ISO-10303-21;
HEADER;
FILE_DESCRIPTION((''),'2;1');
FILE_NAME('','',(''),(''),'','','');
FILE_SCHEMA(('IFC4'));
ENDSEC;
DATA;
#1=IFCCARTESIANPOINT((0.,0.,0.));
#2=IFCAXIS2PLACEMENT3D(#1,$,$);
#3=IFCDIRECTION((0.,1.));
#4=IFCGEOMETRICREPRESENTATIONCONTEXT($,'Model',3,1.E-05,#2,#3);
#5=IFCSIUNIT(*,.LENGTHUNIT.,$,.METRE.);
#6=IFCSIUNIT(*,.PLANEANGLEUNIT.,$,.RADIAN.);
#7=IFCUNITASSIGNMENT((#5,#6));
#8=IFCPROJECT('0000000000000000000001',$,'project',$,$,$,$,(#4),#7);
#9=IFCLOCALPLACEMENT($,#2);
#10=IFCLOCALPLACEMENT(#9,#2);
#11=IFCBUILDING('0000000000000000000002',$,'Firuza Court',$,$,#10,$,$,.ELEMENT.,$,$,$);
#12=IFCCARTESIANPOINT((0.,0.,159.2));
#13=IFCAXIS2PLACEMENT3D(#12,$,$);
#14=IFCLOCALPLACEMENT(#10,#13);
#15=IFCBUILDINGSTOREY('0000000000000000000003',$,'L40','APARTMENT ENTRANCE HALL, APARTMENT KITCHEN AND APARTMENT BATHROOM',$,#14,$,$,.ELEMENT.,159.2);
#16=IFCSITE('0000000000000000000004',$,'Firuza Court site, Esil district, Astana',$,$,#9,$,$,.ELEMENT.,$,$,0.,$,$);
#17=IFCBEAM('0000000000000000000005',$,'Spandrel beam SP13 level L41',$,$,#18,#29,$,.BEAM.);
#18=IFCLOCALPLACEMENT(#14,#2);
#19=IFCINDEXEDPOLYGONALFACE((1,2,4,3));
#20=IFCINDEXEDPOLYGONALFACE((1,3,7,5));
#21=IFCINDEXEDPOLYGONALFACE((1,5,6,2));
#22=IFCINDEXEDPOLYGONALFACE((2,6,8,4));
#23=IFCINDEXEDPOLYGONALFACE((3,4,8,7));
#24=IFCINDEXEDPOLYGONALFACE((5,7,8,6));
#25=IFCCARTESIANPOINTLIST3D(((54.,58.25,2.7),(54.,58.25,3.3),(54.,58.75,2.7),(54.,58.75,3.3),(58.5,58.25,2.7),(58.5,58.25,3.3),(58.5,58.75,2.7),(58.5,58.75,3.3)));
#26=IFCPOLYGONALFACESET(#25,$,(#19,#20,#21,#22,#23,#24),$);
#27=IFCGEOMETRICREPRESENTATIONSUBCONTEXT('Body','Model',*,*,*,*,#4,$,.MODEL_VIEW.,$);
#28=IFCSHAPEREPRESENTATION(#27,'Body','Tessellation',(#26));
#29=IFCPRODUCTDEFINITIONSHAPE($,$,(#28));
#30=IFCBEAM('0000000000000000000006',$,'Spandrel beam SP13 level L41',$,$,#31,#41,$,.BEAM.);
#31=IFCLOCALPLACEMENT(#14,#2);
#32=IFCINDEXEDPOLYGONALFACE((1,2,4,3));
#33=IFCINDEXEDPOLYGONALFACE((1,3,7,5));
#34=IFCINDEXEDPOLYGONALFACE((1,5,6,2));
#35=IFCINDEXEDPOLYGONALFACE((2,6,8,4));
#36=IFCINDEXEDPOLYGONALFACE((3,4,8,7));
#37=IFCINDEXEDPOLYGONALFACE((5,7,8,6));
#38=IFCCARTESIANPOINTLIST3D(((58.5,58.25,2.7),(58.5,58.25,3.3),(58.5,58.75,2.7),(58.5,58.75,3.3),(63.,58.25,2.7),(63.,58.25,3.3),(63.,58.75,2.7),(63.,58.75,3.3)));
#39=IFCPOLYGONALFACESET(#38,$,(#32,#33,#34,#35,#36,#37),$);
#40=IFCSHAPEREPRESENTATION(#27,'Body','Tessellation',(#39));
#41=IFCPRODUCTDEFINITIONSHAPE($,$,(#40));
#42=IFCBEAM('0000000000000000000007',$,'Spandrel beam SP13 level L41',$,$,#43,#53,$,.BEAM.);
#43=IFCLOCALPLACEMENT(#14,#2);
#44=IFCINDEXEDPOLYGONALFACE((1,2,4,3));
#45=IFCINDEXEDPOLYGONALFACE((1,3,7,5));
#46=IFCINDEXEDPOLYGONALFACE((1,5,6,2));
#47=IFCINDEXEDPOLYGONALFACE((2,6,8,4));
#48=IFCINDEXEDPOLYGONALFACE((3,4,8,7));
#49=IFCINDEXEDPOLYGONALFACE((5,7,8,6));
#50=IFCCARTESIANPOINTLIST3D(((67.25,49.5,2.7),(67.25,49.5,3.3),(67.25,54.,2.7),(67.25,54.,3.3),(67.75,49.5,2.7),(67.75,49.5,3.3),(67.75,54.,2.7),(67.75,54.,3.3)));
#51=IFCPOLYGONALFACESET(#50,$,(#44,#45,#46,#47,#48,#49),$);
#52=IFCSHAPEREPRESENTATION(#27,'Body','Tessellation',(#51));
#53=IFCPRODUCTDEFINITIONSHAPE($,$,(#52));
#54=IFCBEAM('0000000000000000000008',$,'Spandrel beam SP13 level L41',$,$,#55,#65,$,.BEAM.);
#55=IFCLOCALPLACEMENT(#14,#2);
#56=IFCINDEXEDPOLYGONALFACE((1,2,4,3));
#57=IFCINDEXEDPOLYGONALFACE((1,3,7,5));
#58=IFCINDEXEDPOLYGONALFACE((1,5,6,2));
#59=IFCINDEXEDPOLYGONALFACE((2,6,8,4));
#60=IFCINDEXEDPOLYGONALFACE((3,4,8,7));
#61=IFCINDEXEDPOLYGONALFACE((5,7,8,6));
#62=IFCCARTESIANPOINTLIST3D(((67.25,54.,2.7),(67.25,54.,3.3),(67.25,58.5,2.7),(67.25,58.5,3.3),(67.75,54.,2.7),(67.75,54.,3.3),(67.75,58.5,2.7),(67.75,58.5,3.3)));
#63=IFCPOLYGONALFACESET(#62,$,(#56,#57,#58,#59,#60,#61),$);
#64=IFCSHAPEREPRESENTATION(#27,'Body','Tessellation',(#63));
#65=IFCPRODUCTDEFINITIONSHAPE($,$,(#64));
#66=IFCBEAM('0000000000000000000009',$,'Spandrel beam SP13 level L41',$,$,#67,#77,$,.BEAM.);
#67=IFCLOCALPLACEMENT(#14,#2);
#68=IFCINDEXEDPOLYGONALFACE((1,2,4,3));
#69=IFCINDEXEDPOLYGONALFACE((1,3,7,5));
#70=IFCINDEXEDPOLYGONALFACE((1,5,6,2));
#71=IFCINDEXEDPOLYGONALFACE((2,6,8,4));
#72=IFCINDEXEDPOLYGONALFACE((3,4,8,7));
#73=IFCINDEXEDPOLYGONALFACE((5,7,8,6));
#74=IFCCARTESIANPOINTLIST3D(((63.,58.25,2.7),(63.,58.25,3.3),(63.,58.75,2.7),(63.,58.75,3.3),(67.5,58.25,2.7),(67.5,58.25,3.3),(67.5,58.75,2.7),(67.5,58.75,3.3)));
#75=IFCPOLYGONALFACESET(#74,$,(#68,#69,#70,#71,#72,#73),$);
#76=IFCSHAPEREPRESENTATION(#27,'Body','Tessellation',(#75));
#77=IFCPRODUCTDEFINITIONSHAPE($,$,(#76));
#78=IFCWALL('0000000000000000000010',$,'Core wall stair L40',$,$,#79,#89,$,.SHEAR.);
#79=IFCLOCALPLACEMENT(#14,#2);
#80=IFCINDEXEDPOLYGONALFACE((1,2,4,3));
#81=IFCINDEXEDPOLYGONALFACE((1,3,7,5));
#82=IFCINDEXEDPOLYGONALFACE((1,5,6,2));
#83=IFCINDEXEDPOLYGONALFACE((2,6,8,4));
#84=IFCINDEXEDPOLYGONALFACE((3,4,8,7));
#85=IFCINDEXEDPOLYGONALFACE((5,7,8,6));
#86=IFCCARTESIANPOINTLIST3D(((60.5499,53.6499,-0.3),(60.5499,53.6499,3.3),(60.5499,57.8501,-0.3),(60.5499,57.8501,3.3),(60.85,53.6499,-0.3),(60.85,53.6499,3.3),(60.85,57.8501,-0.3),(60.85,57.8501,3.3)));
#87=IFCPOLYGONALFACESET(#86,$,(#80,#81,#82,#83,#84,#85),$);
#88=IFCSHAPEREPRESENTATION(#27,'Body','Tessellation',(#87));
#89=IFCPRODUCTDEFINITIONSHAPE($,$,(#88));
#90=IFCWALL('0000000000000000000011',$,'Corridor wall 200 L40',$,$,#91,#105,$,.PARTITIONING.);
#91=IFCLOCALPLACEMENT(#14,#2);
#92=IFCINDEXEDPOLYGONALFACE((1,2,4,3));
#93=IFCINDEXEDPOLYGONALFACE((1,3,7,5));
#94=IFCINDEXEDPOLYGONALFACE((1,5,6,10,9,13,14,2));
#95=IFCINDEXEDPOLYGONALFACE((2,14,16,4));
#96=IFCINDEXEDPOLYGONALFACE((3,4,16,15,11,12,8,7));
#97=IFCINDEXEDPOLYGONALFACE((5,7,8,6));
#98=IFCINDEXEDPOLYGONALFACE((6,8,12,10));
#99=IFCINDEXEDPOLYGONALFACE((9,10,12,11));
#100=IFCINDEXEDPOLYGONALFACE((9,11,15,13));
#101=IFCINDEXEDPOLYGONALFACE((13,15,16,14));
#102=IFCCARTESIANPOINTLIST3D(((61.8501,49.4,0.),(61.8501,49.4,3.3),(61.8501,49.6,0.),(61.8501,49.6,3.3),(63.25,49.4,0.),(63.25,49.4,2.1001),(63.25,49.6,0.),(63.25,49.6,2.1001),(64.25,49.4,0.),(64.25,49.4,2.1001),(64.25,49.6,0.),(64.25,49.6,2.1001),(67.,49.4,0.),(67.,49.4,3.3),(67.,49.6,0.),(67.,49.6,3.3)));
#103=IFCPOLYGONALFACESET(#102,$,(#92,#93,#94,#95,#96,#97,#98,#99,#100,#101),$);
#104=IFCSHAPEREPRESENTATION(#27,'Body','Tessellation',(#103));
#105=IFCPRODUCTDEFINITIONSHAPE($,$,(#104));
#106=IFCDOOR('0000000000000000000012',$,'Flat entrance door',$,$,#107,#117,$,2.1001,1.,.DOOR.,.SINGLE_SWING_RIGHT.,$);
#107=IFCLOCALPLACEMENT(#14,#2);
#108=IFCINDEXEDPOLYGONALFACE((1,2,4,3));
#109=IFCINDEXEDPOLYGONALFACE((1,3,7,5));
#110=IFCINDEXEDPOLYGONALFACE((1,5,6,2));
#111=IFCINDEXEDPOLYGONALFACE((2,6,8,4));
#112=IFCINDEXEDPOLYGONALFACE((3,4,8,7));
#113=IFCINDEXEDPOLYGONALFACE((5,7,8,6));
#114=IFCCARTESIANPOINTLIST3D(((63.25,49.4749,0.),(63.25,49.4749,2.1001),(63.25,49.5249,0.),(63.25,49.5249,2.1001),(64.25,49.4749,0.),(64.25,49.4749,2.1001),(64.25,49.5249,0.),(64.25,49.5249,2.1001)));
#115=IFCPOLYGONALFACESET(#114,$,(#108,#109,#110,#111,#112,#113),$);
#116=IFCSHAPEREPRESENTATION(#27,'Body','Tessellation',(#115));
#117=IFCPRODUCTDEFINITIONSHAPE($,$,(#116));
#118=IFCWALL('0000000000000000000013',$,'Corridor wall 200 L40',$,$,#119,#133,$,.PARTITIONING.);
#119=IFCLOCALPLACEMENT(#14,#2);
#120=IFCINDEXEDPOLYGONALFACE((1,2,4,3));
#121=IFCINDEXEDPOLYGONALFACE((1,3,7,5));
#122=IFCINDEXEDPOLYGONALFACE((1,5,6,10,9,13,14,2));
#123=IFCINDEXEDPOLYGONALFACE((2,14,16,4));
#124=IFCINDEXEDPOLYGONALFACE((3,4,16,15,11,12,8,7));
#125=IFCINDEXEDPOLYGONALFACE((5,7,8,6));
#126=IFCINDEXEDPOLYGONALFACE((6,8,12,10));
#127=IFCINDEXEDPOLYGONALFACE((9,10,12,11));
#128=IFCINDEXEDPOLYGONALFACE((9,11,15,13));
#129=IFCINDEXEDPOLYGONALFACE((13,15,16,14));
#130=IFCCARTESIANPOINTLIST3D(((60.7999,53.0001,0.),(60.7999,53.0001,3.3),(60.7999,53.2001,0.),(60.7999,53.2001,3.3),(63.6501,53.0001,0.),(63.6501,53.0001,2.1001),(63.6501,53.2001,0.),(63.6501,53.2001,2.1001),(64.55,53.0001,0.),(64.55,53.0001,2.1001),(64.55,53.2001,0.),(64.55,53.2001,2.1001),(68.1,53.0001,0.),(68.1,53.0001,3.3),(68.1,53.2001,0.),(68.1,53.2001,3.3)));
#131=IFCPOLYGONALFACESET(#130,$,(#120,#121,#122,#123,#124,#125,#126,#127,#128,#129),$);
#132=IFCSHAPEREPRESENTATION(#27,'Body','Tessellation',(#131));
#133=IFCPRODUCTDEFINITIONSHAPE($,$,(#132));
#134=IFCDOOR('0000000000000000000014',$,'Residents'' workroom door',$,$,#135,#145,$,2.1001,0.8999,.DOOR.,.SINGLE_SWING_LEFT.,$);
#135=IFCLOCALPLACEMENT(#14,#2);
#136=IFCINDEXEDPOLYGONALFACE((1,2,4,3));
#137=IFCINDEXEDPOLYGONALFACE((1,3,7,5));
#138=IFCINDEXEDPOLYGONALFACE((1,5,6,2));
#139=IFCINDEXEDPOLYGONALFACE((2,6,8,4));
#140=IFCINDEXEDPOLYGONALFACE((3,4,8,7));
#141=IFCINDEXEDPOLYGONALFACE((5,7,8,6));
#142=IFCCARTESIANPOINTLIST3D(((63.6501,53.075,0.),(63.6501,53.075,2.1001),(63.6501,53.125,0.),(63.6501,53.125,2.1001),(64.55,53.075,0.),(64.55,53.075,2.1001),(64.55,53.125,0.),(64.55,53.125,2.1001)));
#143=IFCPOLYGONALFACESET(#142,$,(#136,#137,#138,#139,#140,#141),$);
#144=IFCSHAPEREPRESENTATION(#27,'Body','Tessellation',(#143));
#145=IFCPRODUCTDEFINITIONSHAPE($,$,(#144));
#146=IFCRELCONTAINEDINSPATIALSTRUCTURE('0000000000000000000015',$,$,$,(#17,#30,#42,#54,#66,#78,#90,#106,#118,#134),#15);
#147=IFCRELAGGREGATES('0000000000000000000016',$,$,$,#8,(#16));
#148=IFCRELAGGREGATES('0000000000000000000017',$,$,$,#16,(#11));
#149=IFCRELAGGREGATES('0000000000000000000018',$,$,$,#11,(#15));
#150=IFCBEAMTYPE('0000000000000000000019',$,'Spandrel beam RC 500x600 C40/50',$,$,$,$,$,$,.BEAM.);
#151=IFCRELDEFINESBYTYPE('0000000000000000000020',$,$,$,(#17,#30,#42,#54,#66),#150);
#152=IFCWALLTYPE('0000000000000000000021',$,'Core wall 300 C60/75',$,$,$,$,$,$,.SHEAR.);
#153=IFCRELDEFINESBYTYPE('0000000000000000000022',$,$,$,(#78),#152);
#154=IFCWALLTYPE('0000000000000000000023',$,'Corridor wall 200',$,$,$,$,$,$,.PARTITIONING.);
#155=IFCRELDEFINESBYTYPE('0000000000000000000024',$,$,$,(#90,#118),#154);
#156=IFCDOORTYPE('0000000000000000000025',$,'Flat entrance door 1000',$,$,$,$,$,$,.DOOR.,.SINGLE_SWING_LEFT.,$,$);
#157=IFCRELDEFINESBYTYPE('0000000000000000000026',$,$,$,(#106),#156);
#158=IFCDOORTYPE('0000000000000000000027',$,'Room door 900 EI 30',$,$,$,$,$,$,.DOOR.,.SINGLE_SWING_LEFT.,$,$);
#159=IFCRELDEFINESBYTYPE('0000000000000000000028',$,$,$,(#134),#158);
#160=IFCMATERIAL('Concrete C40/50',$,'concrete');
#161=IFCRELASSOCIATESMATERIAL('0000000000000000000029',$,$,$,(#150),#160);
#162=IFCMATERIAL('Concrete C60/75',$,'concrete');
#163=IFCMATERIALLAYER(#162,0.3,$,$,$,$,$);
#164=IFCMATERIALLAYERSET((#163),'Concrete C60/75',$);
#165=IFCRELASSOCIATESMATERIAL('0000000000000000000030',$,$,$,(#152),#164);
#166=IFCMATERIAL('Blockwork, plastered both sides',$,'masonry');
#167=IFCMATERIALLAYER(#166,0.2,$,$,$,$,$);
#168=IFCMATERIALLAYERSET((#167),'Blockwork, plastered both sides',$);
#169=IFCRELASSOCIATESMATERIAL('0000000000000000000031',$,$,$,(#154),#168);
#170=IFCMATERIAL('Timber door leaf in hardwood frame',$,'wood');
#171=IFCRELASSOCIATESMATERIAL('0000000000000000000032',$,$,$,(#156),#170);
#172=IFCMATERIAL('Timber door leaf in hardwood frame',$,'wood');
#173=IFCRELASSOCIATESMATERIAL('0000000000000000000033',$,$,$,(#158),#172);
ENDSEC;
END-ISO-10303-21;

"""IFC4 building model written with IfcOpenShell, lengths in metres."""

from ifc_helpers import new_model, si_unit, direction, frame, frame_2d, origin, origin_2d, place, context, subcontext, project, spatial, rectangle, extrude, material, layer, layer_set, material_profile, profile_set, type_object, element, fill, save


model = new_model("IFC4")

# Units and contexts
model_context = context("Model", 3, precision=1e-05, world=origin(), true_north=direction((0.0, 1.0)))
body_context = subcontext(model_context, "Body", "Model", "MODEL_VIEW")
ifc_project = project(units=[si_unit("LENGTHUNIT", "METRE"), si_unit("PLANEANGLEUNIT", "RADIAN")], contexts=[model_context])

# Site, building, storey
site_placement = place(None, origin())
site = spatial("IfcSite", under=ifc_project, at=site_placement, Name="Firuza Court site, Esil district, Astana", CompositionType="ELEMENT", RefElevation=0.0)
building_placement = place(site_placement, origin())
building = spatial("IfcBuilding", under=site, at=building_placement, Name="Firuza Court", CompositionType="ELEMENT")
storey_placement = place(building_placement, frame((0.0, 0.0, 159.2)))
storey = spatial("IfcBuildingStorey", under=building, at=storey_placement, Name="L40", Description="APARTMENT ENTRANCE HALL, APARTMENT KITCHEN AND APARTMENT BATHROOM", CompositionType="ELEMENT", Elevation=159.2)

# Beams
ifc_material_1 = material(Name="Concrete C40/50", Category="concrete")
ifc_material_profile_1 = material_profile(ifc_material_1, rectangle(XDim=0.5, YDim=0.6001, at=origin_2d()), Name="RC 500x600")
ifc_profile_set_1 = profile_set([ifc_material_profile_1], Name="Concrete C40/50")
beam_type_1 = type_object("IfcBeamType", Name="Spandrel beam RC 500x600 C40/50", PredefinedType="BEAM", material=ifc_profile_set_1)
for number, where, z_axis, x_axis, name in (
    (1, (58.5, 58.5, 3.0), (-1.0, 0.0, 0.0), (0.0, -1.0, 0.0), "Spandrel beam SP13 level L41"),
    (2, (63.0, 58.5, 3.0), (-1.0, 0.0, 0.0), (0.0, -1.0, 0.0), "Spandrel beam SP13 level L41"),
    (3, (67.5, 49.5, 3.0), (0.0, 1.0, 0.0), (-1.0, 0.0, 0.0), "Spandrel beam SP13 level L41"),
    (4, (67.5, 54.0, 3.0), (0.0, 1.0, 0.0), (-1.0, 0.0, 0.0), "Spandrel beam SP13 level L41"),
    (5, (67.5, 58.5, 3.0), (-1.0, 0.0, 0.0), (0.0, -1.0, 0.0), "Spandrel beam SP13 level L41"),
):
    element("IfcBeam", number, at=place(storey_placement, frame(where, z_axis=z_axis, x_axis=x_axis)), inside=storey, type_object=beam_type_1, Name=name, PredefinedType="BEAM", context=body_context, shape_type="SweptSolid", body=[
        extrude(rectangle(XDim=0.5, YDim=0.6001, at=origin_2d()), origin(), (0.0, 0.0, 1.0), 4.5),
    ])

# Wall
ifc_material_2 = material(Name="Concrete C60/75", Category="concrete")
ifc_layer_1 = layer(ifc_material_2, 0.3)
ifc_layer_set_1 = layer_set([ifc_layer_1], Name="Concrete C60/75")
wall_type_1 = type_object("IfcWallType", Name="Core wall 300 C60/75", PredefinedType="SHEAR", material=ifc_layer_set_1)
wall_1_placement = place(storey_placement, frame((60.7, 53.6499, -0.3), z_axis=(0.0, 0.0, 1.0), x_axis=(0.0, 1.0, 0.0)))
element("IfcWall", 6, at=wall_1_placement, inside=storey, type_object=wall_type_1, Name="Core wall stair L40", PredefinedType="SHEAR", context=body_context, shape_type="SweptSolid", body=[
    extrude(rectangle(XDim=4.2002, YDim=0.3, at=frame_2d((2.1001, 0.0))), origin(), (0.0, 0.0, 1.0), 3.6001),
])

# Walls, openings, doors
ifc_material_3 = material(Name="Blockwork, plastered both sides", Category="masonry")
ifc_layer_2 = layer(ifc_material_3, 0.2)
ifc_layer_set_2 = layer_set([ifc_layer_2], Name="Blockwork, plastered both sides")
wall_type_2 = type_object("IfcWallType", Name="Corridor wall 200", PredefinedType="PARTITIONING", material=ifc_layer_set_2)
wall_2_placement = place(storey_placement, frame((61.8501, 49.5, 0.0), z_axis=(0.0, 0.0, 1.0), x_axis=(1.0, 0.0, 0.0)))
wall_2 = element("IfcWall", 7, at=wall_2_placement, inside=storey, type_object=wall_type_2, Name="Corridor wall 200 L40", PredefinedType="PARTITIONING", context=body_context, shape_type="SweptSolid", body=[
    extrude(rectangle(XDim=5.1499, YDim=0.2, at=frame_2d((2.575, 0.0))), origin(), (0.0, 0.0, 1.0), 3.3),
])
opening_1_placement = place(wall_2_placement, frame((1.3999, 0.0, 0.0)))
opening_1 = element("IfcOpeningElement", 8, at=opening_1_placement, cuts=wall_2, PredefinedType="OPENING", context=body_context, shape_type="SweptSolid", body=[
    extrude(rectangle(XDim=1.0, YDim=2.1001, at=frame_2d((0.5, 1.05))), frame((0.0, 0.1118, 0.0), z_axis=(0.0, -1.0, 0.0), x_axis=(1.0, 0.0, 0.0)), (0.0, 0.0, 1.0), 0.2239),
])
ifc_material_4 = material(Name="Timber door leaf in hardwood frame", Category="wood")
door_type_1 = type_object("IfcDoorType", Name="Flat entrance door 1000", OperationType="SINGLE_SWING_LEFT", PredefinedType="DOOR", material=ifc_material_4)
door_1_placement = place(opening_1_placement, origin())
door_1 = element("IfcDoor", 9, at=door_1_placement, inside=storey, type_object=door_type_1, Name="Flat entrance door", OperationType="SINGLE_SWING_RIGHT", OverallHeight=2.1001, OverallWidth=1.0, PredefinedType="DOOR", context=body_context, shape_type="SweptSolid", body=[
    extrude(rectangle(XDim=1.0, YDim=2.1001, at=frame_2d((0.5, 1.05))), frame((0.0, 0.0249, 0.0), z_axis=(0.0, -1.0, 0.0), x_axis=(1.0, 0.0, 0.0)), (0.0, 0.0, 1.0), 0.05),
])
fill(opening_1, door_1)
wall_3_placement = place(storey_placement, frame((60.8, 53.1001, 0.0), z_axis=(0.0, 0.0, 1.0), x_axis=(1.0, 0.0, 0.0)))
wall_3 = element("IfcWall", 10, at=wall_3_placement, inside=storey, type_object=wall_type_2, Name="Corridor wall 200 L40", PredefinedType="PARTITIONING", context=body_context, shape_type="SweptSolid", body=[
    extrude(rectangle(XDim=7.3, YDim=0.2, at=frame_2d((3.6499, 0.0))), origin(), (0.0, 0.0, 1.0), 3.3),
])
opening_2_placement = place(wall_3_placement, frame((2.8501, 0.0, 0.0)))
opening_2 = element("IfcOpeningElement", 11, at=opening_2_placement, cuts=wall_3, PredefinedType="OPENING", context=body_context, shape_type="SweptSolid", body=[
    extrude(rectangle(XDim=0.8999, YDim=2.1001, at=frame_2d((0.45, 1.05))), frame((0.0, 0.1118, 0.0), z_axis=(0.0, -1.0, 0.0), x_axis=(1.0, 0.0, 0.0)), (0.0, 0.0, 1.0), 0.2239),
])
ifc_material_5 = material(Name="Timber door leaf in hardwood frame", Category="wood")
door_type_2 = type_object("IfcDoorType", Name="Room door 900 EI 30", OperationType="SINGLE_SWING_LEFT", PredefinedType="DOOR", material=ifc_material_5)
door_2_placement = place(opening_2_placement, origin())
door_2 = element("IfcDoor", 12, at=door_2_placement, inside=storey, type_object=door_type_2, Name="Residents' workroom door", OperationType="SINGLE_SWING_LEFT", OverallHeight=2.1001, OverallWidth=0.8999, PredefinedType="DOOR", context=body_context, shape_type="SweptSolid", body=[
    extrude(rectangle(XDim=0.8999, YDim=2.1001, at=frame_2d((0.45, 1.05))), frame((0.0, 0.0249, 0.0), z_axis=(0.0, -1.0, 0.0), x_axis=(1.0, 0.0, 0.0)), (0.0, 0.0, 1.0), 0.05),
])
fill(opening_2, door_2)

save(model, "model.ifc")
